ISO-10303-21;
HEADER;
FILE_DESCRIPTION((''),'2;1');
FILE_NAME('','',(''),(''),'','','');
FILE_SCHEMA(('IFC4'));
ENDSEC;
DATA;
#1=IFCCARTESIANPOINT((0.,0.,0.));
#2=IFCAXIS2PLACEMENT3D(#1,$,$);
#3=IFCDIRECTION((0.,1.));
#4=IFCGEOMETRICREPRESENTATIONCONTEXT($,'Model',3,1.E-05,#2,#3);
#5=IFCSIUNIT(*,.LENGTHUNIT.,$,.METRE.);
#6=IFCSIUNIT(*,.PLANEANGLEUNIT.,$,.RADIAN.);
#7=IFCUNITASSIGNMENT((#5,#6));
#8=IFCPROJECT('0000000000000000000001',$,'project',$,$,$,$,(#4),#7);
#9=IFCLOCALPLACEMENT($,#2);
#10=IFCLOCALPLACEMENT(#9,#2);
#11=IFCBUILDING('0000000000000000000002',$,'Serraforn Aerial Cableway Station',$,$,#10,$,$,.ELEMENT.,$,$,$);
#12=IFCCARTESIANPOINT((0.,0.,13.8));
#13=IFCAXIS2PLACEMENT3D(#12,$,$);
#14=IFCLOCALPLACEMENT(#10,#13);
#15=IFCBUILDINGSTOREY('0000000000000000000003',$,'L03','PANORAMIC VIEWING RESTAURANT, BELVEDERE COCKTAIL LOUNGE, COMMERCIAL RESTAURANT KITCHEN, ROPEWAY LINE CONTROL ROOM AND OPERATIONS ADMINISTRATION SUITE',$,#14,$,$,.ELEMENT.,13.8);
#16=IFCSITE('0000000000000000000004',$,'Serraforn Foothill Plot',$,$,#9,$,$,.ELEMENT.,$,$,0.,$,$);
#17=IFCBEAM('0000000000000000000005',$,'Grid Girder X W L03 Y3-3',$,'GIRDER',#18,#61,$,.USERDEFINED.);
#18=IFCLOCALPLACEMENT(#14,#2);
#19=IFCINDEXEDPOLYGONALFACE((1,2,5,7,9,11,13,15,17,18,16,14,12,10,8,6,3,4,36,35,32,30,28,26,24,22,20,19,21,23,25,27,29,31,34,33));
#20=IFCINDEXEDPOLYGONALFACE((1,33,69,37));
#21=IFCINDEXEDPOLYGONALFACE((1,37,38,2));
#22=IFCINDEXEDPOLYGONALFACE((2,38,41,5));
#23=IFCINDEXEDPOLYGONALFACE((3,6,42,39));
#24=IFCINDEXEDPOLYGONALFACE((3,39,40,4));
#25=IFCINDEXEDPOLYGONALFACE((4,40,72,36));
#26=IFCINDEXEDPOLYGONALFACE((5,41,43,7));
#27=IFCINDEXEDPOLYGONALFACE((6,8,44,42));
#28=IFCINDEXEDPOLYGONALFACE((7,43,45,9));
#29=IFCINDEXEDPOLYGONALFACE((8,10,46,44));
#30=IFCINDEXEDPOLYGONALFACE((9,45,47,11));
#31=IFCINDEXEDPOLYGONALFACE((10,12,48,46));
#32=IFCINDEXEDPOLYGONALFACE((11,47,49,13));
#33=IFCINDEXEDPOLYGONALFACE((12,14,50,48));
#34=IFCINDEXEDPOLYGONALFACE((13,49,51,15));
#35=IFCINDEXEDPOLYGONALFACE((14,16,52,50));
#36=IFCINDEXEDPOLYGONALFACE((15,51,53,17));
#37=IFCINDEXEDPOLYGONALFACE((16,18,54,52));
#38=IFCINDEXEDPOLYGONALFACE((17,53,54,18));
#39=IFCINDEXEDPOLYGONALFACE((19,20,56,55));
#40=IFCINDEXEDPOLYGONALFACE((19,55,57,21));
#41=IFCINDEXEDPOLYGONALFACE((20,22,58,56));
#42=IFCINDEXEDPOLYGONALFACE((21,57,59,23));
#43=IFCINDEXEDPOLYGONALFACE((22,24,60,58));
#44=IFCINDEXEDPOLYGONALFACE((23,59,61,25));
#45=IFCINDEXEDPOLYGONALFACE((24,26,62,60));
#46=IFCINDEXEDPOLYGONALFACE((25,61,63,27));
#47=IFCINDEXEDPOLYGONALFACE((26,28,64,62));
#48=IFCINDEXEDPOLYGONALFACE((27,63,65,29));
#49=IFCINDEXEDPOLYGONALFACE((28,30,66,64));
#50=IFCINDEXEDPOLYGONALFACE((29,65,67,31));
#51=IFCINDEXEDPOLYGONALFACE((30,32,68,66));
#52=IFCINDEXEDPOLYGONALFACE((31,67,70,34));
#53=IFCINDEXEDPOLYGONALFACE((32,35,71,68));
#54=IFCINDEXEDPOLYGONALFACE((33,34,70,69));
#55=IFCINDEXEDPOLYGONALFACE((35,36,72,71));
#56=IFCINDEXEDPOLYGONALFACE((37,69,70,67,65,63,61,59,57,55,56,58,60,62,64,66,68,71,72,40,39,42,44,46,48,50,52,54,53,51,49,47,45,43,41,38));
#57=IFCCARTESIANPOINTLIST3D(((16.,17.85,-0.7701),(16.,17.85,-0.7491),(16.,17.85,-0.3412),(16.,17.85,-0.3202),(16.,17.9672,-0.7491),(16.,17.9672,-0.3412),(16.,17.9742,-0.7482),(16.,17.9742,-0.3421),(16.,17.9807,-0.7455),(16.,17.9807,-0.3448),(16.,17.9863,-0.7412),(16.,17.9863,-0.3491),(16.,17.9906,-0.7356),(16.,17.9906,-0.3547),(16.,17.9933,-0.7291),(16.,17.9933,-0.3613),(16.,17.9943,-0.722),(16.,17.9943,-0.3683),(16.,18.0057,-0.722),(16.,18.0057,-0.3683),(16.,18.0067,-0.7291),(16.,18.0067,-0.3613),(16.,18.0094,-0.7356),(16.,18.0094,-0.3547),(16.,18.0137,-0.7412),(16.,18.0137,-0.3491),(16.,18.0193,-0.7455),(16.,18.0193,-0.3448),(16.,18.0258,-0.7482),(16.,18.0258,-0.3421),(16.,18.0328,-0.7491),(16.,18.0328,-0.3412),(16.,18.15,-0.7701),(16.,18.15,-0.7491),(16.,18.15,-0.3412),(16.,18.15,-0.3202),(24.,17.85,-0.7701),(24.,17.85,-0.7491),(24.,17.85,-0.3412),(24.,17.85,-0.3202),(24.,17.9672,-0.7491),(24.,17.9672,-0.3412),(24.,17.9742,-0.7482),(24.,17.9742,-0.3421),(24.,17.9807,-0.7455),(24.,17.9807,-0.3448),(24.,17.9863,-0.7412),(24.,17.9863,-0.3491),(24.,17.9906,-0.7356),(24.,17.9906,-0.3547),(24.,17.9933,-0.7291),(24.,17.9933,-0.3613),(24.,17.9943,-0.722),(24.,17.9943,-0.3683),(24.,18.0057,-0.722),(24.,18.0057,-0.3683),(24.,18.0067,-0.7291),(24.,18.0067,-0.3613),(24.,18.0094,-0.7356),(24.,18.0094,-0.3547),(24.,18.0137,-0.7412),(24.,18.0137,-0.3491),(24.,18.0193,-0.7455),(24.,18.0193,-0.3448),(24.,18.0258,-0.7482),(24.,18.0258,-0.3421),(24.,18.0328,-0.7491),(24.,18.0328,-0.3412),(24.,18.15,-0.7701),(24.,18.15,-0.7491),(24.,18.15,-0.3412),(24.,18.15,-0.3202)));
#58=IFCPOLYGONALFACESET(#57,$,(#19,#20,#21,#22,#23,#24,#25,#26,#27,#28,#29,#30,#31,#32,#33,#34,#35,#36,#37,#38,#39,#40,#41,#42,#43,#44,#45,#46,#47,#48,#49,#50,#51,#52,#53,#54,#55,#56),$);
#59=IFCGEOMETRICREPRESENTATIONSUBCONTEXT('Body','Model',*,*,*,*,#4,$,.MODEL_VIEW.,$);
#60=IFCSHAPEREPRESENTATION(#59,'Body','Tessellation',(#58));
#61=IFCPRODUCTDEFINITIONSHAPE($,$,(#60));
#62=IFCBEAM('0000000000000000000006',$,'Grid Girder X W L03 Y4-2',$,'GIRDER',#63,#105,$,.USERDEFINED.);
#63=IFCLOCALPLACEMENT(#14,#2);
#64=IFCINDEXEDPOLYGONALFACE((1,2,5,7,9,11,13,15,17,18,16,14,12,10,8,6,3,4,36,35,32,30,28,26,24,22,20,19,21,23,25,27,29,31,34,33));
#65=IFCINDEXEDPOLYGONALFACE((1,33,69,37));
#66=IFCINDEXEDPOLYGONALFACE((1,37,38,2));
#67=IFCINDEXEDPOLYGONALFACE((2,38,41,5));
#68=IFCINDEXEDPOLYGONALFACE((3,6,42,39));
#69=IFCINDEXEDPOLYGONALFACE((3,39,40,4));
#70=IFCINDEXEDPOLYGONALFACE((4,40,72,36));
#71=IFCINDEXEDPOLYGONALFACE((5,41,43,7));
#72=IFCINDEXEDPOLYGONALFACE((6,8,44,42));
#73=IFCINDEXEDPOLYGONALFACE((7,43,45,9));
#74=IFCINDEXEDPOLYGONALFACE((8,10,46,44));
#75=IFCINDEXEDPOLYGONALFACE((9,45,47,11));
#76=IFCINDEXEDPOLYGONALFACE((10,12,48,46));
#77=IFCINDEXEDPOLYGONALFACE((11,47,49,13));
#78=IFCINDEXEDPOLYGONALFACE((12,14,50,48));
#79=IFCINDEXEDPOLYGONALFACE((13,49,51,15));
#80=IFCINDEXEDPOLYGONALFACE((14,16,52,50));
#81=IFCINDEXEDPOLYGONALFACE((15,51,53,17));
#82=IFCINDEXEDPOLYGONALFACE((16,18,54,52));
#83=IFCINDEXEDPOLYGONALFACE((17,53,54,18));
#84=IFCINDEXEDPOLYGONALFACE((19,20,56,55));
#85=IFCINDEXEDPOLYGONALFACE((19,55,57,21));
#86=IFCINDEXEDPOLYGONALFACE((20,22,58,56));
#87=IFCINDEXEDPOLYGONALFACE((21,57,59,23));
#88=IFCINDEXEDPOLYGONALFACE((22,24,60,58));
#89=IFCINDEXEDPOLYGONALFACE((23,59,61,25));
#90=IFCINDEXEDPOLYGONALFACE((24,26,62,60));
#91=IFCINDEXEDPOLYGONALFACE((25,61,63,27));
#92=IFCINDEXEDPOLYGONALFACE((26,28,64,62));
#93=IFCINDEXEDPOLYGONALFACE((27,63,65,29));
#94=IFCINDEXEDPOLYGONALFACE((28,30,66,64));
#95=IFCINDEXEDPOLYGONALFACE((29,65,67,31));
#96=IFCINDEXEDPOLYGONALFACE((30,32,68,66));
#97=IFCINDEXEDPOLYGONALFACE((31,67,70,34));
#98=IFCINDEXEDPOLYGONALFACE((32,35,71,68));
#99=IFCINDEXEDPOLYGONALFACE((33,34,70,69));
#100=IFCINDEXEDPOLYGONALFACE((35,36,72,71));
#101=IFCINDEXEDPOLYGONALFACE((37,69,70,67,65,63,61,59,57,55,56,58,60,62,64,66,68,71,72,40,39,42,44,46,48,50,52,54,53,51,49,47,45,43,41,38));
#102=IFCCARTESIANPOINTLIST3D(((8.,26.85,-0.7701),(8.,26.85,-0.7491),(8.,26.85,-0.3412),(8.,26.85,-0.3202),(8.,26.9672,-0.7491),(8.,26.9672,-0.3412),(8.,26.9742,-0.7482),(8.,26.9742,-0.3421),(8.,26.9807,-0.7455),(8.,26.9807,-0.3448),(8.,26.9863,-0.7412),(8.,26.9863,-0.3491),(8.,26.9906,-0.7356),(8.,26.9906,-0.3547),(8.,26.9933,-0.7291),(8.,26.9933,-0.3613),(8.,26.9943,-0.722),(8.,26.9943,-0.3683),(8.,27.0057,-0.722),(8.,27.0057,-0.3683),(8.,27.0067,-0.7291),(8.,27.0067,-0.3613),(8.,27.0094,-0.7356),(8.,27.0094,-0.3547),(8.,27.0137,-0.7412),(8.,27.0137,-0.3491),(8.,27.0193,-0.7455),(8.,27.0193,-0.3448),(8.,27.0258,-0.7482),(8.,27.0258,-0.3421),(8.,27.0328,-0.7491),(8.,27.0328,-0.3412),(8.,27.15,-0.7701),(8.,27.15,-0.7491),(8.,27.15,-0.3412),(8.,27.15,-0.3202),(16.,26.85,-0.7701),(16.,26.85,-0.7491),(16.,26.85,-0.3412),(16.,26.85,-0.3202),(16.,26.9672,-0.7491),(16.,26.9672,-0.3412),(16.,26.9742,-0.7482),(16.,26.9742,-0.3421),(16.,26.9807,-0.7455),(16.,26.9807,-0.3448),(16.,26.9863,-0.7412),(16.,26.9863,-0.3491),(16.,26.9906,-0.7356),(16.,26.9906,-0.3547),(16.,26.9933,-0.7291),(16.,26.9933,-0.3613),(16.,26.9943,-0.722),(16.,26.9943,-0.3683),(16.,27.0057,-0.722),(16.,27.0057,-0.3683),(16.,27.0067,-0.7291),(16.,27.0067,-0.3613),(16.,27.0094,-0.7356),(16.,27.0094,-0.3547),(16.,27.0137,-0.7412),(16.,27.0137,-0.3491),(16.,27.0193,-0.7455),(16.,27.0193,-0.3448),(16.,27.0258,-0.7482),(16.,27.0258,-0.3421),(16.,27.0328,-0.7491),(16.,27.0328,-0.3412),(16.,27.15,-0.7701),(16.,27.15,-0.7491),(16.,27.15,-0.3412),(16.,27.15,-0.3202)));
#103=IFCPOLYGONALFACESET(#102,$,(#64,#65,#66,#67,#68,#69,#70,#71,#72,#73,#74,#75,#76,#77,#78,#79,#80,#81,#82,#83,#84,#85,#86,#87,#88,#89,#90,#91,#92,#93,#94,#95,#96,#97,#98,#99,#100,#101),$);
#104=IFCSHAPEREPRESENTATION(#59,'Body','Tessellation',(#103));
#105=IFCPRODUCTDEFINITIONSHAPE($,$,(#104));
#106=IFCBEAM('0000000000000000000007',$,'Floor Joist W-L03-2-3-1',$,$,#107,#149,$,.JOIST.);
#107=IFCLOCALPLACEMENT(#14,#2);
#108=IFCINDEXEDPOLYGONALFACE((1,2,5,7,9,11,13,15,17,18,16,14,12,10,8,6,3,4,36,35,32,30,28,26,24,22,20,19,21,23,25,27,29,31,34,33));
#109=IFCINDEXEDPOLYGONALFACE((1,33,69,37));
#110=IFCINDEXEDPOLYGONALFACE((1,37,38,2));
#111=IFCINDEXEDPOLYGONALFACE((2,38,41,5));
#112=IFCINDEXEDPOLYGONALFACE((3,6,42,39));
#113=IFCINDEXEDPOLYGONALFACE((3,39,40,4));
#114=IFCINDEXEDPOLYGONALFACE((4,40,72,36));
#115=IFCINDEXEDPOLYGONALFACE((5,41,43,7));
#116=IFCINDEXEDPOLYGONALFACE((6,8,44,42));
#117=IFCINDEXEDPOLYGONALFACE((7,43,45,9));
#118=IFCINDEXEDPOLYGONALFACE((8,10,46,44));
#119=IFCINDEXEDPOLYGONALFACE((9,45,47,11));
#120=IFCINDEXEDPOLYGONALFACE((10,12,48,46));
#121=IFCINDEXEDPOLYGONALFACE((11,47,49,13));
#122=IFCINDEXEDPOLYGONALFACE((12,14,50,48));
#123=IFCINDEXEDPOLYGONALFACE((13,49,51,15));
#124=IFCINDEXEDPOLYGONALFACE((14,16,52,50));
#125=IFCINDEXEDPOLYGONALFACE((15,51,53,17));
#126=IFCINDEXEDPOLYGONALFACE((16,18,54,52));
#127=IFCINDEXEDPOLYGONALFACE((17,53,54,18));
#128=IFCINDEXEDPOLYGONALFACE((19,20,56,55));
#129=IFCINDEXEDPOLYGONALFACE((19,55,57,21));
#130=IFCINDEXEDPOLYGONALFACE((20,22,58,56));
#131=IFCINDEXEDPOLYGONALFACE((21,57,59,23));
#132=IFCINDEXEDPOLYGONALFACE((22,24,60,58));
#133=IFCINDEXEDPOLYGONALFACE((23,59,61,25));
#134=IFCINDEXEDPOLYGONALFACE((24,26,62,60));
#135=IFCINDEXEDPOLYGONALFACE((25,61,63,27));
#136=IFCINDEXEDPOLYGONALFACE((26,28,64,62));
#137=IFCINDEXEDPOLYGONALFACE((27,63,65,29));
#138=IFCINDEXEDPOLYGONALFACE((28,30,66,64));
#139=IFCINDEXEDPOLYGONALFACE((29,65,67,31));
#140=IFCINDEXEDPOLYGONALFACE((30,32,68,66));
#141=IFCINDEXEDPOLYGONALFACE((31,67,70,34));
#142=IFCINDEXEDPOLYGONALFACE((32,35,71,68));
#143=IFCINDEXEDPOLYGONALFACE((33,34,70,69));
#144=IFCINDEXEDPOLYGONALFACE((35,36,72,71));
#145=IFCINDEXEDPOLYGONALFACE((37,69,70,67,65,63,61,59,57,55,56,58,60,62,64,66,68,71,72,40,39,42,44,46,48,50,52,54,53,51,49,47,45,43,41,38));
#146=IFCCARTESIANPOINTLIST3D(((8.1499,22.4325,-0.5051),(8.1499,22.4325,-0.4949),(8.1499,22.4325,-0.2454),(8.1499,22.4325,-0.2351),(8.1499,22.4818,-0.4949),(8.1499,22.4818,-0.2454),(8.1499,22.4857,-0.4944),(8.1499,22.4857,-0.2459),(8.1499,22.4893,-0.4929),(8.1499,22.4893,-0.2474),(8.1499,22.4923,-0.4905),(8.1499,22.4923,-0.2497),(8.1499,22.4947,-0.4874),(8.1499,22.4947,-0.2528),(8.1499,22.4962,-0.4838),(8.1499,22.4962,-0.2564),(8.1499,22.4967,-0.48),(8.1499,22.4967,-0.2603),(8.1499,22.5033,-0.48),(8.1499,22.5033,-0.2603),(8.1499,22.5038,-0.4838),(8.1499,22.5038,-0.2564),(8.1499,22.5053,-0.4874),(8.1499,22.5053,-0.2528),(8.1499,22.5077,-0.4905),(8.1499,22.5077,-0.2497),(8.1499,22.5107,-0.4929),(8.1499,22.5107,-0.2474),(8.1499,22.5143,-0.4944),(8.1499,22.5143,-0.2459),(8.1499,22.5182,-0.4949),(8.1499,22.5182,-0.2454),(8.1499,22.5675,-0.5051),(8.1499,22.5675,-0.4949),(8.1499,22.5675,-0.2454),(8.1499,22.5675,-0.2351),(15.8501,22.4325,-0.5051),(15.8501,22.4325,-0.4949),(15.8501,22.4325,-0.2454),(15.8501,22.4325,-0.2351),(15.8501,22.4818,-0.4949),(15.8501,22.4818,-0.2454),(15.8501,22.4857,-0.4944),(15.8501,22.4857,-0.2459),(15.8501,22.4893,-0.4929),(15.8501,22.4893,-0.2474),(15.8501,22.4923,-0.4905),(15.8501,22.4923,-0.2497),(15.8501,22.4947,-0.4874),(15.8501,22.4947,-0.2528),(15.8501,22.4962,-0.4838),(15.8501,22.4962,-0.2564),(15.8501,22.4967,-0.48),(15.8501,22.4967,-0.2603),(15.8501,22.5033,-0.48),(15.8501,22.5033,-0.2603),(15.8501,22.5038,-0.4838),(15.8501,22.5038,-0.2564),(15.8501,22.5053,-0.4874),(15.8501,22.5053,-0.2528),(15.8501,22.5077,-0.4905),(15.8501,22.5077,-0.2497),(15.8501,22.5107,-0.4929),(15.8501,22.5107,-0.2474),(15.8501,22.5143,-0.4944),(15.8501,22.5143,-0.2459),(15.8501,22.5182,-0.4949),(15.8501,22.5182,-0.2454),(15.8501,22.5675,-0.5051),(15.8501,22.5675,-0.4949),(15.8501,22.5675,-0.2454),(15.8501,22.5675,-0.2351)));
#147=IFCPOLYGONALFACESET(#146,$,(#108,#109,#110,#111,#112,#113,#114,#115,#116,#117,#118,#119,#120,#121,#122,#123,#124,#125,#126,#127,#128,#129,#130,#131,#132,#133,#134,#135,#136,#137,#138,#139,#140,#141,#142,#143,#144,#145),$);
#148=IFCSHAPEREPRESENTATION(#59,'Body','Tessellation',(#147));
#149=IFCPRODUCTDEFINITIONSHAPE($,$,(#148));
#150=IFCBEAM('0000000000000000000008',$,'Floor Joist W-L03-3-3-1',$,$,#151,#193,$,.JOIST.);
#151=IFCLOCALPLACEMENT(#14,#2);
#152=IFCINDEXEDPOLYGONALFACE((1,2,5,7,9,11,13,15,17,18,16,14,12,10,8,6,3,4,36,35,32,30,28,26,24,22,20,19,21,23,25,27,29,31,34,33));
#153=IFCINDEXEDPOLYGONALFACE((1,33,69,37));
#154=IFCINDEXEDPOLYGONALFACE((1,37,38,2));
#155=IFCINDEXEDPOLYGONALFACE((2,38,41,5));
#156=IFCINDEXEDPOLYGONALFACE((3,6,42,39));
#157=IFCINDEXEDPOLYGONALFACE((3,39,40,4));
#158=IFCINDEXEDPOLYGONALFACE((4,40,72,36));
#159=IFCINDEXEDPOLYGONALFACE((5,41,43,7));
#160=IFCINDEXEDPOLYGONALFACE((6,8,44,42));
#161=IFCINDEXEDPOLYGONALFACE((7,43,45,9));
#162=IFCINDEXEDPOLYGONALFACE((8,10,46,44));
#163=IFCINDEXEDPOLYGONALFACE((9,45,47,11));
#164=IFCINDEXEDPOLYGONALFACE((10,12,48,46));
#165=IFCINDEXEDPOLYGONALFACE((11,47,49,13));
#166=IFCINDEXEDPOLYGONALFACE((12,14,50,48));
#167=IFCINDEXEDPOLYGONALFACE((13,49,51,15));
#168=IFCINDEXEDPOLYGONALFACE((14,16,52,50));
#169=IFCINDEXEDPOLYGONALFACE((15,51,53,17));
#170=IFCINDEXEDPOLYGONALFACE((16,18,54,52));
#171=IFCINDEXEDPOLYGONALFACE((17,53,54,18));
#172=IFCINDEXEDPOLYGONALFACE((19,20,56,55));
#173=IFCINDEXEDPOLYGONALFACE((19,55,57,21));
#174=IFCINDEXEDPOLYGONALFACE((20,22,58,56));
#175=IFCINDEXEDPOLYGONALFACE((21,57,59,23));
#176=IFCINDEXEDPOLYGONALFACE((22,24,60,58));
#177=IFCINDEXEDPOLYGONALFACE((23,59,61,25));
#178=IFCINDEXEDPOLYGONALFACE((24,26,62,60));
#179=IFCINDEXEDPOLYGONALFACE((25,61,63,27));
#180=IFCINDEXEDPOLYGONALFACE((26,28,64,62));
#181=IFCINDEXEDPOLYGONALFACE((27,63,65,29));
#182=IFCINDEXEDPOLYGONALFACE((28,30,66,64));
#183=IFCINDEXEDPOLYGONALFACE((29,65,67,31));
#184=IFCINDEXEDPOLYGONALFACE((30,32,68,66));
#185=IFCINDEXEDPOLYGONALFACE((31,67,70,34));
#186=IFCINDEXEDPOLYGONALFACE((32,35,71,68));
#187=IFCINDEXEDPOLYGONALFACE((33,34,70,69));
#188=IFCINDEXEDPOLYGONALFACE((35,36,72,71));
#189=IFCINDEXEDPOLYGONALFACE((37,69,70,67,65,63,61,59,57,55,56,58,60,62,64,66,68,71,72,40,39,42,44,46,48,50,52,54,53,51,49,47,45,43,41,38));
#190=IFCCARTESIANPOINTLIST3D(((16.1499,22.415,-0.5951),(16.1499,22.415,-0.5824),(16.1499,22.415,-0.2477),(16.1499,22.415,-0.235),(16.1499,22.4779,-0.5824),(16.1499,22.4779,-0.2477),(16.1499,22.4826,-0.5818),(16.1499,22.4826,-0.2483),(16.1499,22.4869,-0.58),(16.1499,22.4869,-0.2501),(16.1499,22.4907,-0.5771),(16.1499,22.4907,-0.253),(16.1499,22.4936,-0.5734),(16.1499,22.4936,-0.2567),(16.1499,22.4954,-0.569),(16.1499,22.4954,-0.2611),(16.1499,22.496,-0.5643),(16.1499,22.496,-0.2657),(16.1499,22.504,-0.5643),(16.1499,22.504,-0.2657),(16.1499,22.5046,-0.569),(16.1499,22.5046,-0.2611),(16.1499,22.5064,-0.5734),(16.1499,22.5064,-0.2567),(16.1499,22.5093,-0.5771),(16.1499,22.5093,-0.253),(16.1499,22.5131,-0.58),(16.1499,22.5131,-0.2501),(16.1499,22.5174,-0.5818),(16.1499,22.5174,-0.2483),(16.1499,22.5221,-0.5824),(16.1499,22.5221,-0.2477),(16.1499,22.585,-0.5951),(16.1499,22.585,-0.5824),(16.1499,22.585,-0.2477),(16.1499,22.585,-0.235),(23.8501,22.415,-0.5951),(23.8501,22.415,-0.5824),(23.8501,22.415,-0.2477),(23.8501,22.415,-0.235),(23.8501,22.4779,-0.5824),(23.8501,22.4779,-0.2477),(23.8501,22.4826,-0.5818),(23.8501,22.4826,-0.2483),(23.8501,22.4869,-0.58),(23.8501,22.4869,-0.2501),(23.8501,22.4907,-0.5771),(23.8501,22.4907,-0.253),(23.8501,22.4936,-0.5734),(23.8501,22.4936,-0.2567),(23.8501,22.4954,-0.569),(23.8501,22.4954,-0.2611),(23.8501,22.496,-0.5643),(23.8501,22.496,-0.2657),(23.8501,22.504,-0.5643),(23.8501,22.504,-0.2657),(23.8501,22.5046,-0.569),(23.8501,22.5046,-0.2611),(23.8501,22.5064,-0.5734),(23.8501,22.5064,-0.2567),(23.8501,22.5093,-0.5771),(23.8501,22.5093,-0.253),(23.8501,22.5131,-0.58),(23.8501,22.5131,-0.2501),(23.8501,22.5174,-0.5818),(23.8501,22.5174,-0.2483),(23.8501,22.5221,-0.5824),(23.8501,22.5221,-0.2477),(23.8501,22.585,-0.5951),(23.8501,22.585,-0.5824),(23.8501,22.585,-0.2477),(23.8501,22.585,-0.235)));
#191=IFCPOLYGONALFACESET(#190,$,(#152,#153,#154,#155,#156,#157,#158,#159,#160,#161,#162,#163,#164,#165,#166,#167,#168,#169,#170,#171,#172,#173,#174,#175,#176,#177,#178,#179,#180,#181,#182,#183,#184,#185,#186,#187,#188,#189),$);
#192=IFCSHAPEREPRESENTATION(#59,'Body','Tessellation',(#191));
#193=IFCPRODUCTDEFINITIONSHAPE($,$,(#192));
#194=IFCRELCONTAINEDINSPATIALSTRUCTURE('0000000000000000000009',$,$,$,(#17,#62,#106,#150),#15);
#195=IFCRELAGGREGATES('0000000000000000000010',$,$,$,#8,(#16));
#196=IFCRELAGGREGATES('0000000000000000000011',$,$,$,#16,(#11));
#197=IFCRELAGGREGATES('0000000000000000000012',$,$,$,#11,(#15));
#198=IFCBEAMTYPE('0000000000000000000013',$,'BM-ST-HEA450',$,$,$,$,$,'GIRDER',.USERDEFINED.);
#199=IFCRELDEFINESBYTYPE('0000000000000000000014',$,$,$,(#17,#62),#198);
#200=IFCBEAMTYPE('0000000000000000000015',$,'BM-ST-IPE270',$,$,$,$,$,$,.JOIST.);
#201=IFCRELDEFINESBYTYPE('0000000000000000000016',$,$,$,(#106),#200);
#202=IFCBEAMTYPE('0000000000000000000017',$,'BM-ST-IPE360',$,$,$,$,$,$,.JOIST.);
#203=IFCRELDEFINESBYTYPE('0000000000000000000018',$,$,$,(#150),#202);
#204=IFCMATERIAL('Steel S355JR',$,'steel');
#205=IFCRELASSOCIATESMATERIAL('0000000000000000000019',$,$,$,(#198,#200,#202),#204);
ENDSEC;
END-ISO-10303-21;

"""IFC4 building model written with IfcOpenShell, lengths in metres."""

from ifc_helpers import new_model, si_unit, direction, frame, origin, origin_2d, place, context, subcontext, project, spatial, i_section, extrude, material, material_profile, profile_set, type_object, element, save


model = new_model("IFC4")

# Units and contexts
model_context = context("Model", 3, precision=1e-05, world=origin(), true_north=direction((0.0, 1.0)))
body_context = subcontext(model_context, "Body", "Model", "MODEL_VIEW")
ifc_project = project(units=[si_unit("LENGTHUNIT", "METRE"), si_unit("PLANEANGLEUNIT", "RADIAN")], contexts=[model_context])

# Site, building, storey
site_placement = place(None, origin())
site = spatial("IfcSite", under=ifc_project, at=site_placement, Name="Serraforn Foothill Plot", CompositionType="ELEMENT", RefElevation=0.0)
building_placement = place(site_placement, origin())
building = spatial("IfcBuilding", under=site, at=building_placement, Name="Serraforn Aerial Cableway Station", CompositionType="ELEMENT")
storey_placement = place(building_placement, frame((0.0, 0.0, 13.8)))
storey = spatial("IfcBuildingStorey", under=building, at=storey_placement, Name="L03", Description="PANORAMIC VIEWING RESTAURANT, BELVEDERE COCKTAIL LOUNGE, COMMERCIAL RESTAURANT KITCHEN, ROPEWAY LINE CONTROL ROOM AND OPERATIONS ADMINISTRATION SUITE", CompositionType="ELEMENT", Elevation=13.8)

# Shared definitions
ifc_material_1 = material(Name="Steel S355JR", Category="steel")

# Beams
ifc_material_profile_1 = material_profile(ifc_material_1, i_section(OverallWidth=0.3, OverallDepth=0.45, WebThickness=0.0115, FlangeThickness=0.021, FilletRadius=0.0271, at=origin_2d()), Name="HEA 450")
ifc_profile_set_1 = profile_set([ifc_material_profile_1], Name="Steel S355JR")
beam_type_1 = type_object("IfcBeamType", Name="BM-ST-HEA450", ElementType="GIRDER", PredefinedType="USERDEFINED", material=ifc_profile_set_1)
for number, where, z_axis, x_axis, name in (
    (1, (16.0, 18.0, -0.5452), (1.0, 0.0, 0.0), (0.0, 1.0, 0.0), "Grid Girder X W L03 Y3-3"),
    (2, (8.0, 27.0, -0.5452), (1.0, 0.0, 0.0), (0.0, 1.0, 0.0), "Grid Girder X W L03 Y4-2"),
):
    element("IfcBeam", number, at=place(storey_placement, frame(where, z_axis=z_axis, x_axis=x_axis)), inside=storey, type_object=beam_type_1, Name=name, ObjectType="GIRDER", PredefinedType="USERDEFINED", context=body_context, shape_type="SweptSolid", body=[
        extrude(i_section(OverallWidth=0.3, OverallDepth=0.45, WebThickness=0.0115, FlangeThickness=0.021, FilletRadius=0.0271, at=origin_2d()), origin(), (0.0, 0.0, 1.0), 8.0),
    ])
ifc_material_profile_2 = material_profile(ifc_material_1, i_section(OverallWidth=0.135, OverallDepth=0.27, WebThickness=0.0066, FlangeThickness=0.0103, FilletRadius=0.0149, at=origin_2d()), Name="IPE 270")
ifc_profile_set_2 = profile_set([ifc_material_profile_2], Name="Steel S355JR")
beam_type_2 = type_object("IfcBeamType", Name="BM-ST-IPE270", PredefinedType="JOIST", material=ifc_profile_set_2)
beam_1_placement = place(storey_placement, frame((8.1499, 22.5, -0.3701), z_axis=(1.0, 0.0, 0.0), x_axis=(0.0, 1.0, 0.0)))
element("IfcBeam", 3, at=beam_1_placement, inside=storey, type_object=beam_type_2, Name="Floor Joist W-L03-2-3-1", PredefinedType="JOIST", context=body_context, shape_type="SweptSolid", body=[
    extrude(i_section(OverallWidth=0.135, OverallDepth=0.27, WebThickness=0.0066, FlangeThickness=0.0103, FilletRadius=0.0149, at=origin_2d()), origin(), (0.0, 0.0, 1.0), 7.7002),
])
ifc_material_profile_3 = material_profile(ifc_material_1, i_section(OverallWidth=0.1699, OverallDepth=0.3601, WebThickness=0.0081, FlangeThickness=0.0127, FilletRadius=0.0181, at=origin_2d()), Name="IPE 360")
ifc_profile_set_3 = profile_set([ifc_material_profile_3], Name="Steel S355JR")
beam_type_3 = type_object("IfcBeamType", Name="BM-ST-IPE360", PredefinedType="JOIST", material=ifc_profile_set_3)
beam_2_placement = place(storey_placement, frame((16.1499, 22.5, -0.415), z_axis=(1.0, 0.0, 0.0), x_axis=(0.0, 1.0, 0.0)))
element("IfcBeam", 4, at=beam_2_placement, inside=storey, type_object=beam_type_3, Name="Floor Joist W-L03-3-3-1", PredefinedType="JOIST", context=body_context, shape_type="SweptSolid", body=[
    extrude(i_section(OverallWidth=0.1699, OverallDepth=0.3601, WebThickness=0.0081, FlangeThickness=0.0127, FilletRadius=0.0181, at=origin_2d()), origin(), (0.0, 0.0, 1.0), 7.7002),
])

save(model, "model.ifc")
